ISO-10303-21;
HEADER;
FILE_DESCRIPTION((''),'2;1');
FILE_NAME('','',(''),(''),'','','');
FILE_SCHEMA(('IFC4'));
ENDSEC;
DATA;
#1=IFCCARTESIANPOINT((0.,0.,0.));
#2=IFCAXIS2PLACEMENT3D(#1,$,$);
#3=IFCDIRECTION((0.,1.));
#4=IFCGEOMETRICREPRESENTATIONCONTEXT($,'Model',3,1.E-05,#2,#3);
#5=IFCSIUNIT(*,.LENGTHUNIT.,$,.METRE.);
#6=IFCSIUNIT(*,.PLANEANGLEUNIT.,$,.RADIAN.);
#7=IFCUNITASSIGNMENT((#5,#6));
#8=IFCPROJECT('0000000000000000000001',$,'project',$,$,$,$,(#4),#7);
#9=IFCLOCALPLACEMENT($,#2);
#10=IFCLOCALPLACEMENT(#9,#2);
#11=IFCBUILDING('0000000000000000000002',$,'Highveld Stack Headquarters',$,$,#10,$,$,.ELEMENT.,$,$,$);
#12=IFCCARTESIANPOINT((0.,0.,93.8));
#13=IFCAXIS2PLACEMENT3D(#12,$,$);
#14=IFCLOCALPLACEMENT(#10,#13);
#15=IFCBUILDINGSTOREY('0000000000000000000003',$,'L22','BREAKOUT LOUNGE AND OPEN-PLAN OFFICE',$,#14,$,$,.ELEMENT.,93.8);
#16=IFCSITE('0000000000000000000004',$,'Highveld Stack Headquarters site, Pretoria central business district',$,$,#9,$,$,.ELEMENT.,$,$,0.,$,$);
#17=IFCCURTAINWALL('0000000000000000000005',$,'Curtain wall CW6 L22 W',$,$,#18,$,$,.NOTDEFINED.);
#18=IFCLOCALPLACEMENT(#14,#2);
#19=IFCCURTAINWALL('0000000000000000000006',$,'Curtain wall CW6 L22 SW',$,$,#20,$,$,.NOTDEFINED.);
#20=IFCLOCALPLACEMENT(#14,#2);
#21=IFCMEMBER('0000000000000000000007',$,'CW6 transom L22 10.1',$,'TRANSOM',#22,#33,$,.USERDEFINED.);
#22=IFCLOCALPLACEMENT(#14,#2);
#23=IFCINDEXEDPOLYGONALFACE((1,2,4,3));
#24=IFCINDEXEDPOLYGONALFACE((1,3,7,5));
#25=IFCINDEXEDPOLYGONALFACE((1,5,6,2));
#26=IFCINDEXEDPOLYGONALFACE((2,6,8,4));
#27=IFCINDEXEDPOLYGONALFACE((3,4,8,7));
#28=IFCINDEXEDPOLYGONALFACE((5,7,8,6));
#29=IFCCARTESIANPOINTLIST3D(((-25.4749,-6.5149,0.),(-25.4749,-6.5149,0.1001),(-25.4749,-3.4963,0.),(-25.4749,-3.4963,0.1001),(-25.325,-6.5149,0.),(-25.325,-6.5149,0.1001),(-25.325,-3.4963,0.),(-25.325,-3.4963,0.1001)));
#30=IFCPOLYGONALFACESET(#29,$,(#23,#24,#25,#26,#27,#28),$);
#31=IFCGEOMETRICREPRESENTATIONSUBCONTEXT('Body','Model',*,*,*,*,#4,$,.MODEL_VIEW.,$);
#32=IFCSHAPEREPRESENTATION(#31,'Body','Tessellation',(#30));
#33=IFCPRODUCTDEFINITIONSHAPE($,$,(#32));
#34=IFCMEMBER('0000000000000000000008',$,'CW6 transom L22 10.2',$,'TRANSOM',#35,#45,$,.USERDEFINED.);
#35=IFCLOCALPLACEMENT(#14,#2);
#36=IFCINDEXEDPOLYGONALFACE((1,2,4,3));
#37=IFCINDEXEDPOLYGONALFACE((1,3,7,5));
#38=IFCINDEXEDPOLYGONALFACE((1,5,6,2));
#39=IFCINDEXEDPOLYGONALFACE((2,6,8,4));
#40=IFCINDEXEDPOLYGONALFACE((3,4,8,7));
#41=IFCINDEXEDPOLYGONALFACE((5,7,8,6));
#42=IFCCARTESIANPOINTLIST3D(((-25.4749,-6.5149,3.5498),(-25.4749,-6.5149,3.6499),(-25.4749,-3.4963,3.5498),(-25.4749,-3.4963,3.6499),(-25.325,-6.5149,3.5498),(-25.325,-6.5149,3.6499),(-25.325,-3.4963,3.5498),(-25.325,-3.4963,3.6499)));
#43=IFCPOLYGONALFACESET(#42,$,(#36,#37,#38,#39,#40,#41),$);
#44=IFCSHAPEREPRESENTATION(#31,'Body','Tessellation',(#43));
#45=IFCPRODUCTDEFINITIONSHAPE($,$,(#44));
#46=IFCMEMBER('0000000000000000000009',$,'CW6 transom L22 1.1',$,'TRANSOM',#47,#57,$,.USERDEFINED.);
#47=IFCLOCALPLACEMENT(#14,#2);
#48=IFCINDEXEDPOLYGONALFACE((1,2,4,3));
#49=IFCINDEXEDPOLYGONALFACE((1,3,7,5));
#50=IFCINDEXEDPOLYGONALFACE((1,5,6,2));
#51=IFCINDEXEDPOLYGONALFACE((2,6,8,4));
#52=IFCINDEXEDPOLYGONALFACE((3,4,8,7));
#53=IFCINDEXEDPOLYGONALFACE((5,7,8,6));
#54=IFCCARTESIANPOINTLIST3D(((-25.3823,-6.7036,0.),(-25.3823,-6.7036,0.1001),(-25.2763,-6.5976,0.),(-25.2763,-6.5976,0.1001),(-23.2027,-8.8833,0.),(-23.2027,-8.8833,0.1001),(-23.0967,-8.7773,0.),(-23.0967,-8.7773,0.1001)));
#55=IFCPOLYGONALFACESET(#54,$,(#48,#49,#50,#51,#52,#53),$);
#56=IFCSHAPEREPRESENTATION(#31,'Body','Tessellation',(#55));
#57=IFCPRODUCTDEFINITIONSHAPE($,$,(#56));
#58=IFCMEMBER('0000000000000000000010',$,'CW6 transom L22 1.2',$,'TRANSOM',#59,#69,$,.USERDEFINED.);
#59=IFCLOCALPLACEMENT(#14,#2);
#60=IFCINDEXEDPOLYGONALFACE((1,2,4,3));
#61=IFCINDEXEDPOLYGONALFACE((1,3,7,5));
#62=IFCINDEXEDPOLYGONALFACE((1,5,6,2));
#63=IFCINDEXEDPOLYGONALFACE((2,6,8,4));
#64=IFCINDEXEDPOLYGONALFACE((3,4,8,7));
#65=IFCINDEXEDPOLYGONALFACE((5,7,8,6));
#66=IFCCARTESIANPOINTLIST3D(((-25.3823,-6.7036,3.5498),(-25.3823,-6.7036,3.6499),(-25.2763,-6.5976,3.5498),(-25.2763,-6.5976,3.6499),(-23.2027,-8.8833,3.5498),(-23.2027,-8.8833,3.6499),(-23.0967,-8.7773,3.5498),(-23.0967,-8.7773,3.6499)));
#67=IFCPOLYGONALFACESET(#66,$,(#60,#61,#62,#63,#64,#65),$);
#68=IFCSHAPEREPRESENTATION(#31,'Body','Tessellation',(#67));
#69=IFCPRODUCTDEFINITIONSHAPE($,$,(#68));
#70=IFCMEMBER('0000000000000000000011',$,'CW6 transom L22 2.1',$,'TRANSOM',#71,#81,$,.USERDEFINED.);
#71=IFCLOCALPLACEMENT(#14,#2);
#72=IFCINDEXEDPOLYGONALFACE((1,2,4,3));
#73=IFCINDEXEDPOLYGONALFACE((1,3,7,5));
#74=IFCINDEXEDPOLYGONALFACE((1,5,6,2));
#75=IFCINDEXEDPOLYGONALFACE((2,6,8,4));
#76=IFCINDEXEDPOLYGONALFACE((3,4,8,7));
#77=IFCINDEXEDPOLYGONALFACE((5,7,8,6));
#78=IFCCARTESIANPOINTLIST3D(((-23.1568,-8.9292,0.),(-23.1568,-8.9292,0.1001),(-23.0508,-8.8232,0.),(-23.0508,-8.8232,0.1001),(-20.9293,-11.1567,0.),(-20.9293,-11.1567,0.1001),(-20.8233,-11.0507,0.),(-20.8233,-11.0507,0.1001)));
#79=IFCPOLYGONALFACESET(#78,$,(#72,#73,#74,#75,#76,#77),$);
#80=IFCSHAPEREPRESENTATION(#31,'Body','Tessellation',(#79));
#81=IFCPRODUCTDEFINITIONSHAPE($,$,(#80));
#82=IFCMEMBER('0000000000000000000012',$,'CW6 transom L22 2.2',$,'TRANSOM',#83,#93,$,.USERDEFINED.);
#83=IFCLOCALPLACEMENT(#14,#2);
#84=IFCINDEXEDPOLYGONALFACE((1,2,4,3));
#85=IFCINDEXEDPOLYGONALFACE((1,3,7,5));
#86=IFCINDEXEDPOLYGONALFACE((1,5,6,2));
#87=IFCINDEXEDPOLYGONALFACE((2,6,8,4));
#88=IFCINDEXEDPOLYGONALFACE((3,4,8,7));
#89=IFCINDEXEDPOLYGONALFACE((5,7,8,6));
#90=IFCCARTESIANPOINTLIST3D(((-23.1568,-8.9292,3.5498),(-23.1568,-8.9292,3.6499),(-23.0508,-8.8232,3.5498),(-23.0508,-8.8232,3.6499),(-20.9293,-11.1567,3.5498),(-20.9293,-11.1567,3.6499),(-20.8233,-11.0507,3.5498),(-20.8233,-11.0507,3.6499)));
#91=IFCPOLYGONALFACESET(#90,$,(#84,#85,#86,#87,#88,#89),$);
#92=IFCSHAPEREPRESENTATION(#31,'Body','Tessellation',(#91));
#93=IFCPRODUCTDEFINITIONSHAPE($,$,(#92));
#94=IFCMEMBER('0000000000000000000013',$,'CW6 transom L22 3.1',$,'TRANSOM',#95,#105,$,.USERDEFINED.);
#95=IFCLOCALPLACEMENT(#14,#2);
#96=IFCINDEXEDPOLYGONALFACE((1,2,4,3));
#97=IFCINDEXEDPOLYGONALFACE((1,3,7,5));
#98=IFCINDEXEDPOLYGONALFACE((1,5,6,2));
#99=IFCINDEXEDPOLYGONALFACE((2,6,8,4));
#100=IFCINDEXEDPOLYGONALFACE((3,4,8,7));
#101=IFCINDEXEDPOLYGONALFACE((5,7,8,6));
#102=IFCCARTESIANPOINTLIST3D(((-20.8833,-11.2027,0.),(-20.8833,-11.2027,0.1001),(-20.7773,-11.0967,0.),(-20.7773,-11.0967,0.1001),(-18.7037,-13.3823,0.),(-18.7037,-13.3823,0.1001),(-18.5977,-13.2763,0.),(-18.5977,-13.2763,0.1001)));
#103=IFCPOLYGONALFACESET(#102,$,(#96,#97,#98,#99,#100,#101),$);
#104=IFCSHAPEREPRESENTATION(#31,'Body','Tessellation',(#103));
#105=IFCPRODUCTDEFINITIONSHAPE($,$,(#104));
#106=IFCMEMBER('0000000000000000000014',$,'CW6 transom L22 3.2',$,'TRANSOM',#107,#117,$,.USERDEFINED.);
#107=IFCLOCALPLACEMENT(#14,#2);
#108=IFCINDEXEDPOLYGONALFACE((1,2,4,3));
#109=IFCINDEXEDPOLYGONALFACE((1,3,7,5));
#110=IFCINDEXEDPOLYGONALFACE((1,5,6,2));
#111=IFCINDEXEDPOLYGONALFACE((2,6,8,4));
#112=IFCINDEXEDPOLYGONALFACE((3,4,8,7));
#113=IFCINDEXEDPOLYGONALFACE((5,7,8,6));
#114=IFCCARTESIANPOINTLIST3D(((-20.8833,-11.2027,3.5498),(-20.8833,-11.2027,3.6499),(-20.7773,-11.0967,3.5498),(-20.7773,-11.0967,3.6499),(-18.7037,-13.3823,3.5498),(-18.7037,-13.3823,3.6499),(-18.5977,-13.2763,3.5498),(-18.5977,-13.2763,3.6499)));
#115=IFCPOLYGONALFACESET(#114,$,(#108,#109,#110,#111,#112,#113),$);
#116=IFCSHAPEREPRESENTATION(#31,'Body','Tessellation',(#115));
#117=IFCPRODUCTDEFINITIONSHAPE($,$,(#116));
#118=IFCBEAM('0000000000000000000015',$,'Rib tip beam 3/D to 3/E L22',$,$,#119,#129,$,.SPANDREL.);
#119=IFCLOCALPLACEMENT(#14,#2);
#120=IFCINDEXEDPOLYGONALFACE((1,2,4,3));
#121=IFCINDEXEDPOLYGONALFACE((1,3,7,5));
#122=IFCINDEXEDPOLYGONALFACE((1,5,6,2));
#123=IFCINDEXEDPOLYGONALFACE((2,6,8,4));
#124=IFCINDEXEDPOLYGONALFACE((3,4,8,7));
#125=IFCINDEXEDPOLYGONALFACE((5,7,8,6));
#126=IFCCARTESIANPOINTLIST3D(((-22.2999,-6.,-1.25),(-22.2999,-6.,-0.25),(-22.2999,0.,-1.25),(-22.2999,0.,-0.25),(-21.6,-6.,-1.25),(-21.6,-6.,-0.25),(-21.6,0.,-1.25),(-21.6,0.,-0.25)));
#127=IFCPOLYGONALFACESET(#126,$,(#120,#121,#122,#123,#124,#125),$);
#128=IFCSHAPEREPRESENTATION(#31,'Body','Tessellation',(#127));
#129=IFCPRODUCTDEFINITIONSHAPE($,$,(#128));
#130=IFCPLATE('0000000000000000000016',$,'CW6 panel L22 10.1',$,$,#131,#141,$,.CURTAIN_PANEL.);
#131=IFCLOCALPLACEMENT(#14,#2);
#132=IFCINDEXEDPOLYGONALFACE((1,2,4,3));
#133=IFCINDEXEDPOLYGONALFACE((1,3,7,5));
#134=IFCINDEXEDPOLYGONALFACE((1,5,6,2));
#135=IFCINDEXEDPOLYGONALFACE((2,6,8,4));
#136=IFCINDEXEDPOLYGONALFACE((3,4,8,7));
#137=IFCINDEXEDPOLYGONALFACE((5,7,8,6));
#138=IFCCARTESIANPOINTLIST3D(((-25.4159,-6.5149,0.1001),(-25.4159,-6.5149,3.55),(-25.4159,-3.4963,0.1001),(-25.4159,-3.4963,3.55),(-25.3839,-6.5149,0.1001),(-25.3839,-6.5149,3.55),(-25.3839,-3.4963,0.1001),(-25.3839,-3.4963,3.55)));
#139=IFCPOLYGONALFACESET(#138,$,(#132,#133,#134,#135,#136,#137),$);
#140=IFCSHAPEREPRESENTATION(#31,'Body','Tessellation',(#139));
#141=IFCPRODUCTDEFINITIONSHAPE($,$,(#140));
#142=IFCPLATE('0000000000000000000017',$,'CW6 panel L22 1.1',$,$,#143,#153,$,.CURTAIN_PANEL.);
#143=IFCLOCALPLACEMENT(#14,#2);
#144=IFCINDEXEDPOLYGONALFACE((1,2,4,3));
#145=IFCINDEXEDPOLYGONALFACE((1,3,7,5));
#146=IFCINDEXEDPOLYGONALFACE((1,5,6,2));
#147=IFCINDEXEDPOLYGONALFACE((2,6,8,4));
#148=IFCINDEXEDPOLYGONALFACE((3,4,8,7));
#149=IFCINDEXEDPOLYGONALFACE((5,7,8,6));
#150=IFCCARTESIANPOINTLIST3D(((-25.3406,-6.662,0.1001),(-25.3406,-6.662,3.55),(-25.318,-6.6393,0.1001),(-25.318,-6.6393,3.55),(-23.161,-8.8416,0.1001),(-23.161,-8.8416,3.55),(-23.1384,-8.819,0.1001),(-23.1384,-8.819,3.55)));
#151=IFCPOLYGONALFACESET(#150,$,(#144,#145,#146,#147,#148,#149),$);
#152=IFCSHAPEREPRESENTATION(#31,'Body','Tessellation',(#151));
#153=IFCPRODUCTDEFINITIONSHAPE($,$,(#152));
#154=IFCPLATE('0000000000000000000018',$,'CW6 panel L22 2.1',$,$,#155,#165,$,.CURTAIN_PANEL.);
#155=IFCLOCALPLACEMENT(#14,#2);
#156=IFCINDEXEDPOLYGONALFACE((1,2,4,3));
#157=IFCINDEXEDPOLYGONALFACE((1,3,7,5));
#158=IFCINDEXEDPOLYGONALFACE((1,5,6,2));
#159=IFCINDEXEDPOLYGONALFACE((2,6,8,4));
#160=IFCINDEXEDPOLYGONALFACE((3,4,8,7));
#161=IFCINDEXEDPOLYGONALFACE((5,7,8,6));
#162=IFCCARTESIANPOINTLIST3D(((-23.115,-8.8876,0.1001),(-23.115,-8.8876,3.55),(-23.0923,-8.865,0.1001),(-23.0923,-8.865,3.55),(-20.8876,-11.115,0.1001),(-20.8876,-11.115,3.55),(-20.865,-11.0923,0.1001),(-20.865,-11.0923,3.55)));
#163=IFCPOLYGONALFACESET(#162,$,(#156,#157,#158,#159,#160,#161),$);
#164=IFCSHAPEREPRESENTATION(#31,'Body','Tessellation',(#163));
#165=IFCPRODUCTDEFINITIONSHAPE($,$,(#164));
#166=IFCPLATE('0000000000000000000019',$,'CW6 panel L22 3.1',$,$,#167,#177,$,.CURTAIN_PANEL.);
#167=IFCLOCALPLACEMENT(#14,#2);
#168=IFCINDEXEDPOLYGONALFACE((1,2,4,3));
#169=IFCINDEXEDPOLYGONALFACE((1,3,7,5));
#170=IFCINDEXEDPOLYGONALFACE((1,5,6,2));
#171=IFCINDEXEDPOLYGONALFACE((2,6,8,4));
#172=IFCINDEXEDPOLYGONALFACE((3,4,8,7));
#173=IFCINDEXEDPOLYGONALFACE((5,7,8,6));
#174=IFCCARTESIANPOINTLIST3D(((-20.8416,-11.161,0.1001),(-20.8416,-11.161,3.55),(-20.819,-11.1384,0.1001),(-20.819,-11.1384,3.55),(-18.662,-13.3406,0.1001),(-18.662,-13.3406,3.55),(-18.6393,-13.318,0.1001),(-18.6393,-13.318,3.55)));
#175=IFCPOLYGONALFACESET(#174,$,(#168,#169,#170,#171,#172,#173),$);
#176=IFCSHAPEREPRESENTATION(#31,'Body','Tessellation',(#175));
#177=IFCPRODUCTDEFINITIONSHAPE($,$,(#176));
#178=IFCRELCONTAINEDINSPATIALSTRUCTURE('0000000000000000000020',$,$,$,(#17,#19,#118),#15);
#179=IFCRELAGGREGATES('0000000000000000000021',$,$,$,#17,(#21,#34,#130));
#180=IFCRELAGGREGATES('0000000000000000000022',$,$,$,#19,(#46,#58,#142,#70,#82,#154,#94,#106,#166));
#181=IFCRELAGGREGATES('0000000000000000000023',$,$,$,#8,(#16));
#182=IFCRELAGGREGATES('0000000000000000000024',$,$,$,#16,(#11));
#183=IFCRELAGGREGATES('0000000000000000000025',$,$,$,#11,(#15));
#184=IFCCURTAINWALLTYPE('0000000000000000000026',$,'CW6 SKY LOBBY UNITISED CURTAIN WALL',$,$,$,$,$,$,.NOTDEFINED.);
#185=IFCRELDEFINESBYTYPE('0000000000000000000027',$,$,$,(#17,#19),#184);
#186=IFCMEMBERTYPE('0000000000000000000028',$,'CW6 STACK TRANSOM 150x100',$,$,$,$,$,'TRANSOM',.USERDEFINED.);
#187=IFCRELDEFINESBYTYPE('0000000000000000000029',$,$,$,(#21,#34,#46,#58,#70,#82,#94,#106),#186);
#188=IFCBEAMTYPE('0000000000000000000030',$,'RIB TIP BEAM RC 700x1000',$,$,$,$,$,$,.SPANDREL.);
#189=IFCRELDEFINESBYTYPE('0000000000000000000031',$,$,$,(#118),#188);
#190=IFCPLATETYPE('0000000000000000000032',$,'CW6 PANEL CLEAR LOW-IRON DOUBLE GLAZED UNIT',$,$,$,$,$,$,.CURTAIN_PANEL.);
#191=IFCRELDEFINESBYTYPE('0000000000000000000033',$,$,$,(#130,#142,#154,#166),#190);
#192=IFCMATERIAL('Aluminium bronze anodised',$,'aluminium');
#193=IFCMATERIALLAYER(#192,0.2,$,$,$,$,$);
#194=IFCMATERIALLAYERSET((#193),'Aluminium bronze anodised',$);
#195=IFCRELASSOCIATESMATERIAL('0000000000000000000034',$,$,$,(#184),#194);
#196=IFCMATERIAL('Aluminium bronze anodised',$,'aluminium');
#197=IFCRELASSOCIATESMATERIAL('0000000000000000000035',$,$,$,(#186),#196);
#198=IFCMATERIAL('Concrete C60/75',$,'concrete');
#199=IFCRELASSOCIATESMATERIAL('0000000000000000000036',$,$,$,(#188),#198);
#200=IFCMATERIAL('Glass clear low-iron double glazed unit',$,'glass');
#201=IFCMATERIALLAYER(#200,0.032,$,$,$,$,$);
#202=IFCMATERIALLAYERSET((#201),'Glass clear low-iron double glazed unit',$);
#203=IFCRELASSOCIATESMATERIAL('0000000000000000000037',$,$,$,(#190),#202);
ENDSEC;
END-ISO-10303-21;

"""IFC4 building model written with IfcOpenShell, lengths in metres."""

from ifc_helpers import new_model, si_unit, direction, frame, origin, origin_2d, place, context, subcontext, project, spatial, rectangle, extrude, material, layer, layer_set, material_profile, profile_set, type_object, element, aggregate, save


model = new_model("IFC4")

# Units and contexts
model_context = context("Model", 3, precision=1e-05, world=origin(), true_north=direction((0.0, 1.0)))
body_context = subcontext(model_context, "Body", "Model", "MODEL_VIEW")
ifc_project = project(units=[si_unit("LENGTHUNIT", "METRE"), si_unit("PLANEANGLEUNIT", "RADIAN")], contexts=[model_context])

# Site, building, storey
site_placement = place(None, origin())
site = spatial("IfcSite", under=ifc_project, at=site_placement, Name="Highveld Stack Headquarters site, Pretoria central business district", CompositionType="ELEMENT", RefElevation=0.0)
building_placement = place(site_placement, origin())
building = spatial("IfcBuilding", under=site, at=building_placement, Name="Highveld Stack Headquarters", CompositionType="ELEMENT")
storey_placement = place(building_placement, frame((0.0, 0.0, 93.8)))
storey = spatial("IfcBuildingStorey", under=building, at=storey_placement, Name="L22", Description="BREAKOUT LOUNGE AND OPEN-PLAN OFFICE", CompositionType="ELEMENT", Elevation=93.8)

# Curtain wall
ifc_material_1 = material(Name="Aluminium bronze anodised", Category="aluminium")
ifc_layer_1 = layer(ifc_material_1, 0.2)
ifc_layer_set_1 = layer_set([ifc_layer_1], Name="Aluminium bronze anodised")
curtain_wall_type = type_object("IfcCurtainWallType", Name="CW6 SKY LOBBY UNITISED CURTAIN WALL", PredefinedType="NOTDEFINED", material=ifc_layer_set_1)
curtain_wall_1_placement = place(storey_placement, origin())
curtain_wall_1 = element("IfcCurtainWall", 1, at=curtain_wall_1_placement, inside=storey, type_object=curtain_wall_type, Name="Curtain wall CW6 L22 W", PredefinedType="NOTDEFINED")

# Curtain wall
curtain_wall_2_placement = place(storey_placement, origin())
curtain_wall_2 = element("IfcCurtainWall", 2, at=curtain_wall_2_placement, inside=storey, type_object=curtain_wall_type, Name="Curtain wall CW6 L22 SW", PredefinedType="NOTDEFINED")

# Members
ifc_material_2 = material(Name="Aluminium bronze anodised", Category="aluminium")
ifc_material_profile_1 = material_profile(ifc_material_2, rectangle(XDim=0.1499, YDim=0.1001, at=origin_2d()), Name="CW6 TRANSOM 150x100")
ifc_profile_set_1 = profile_set([ifc_material_profile_1], Name="Aluminium bronze anodised")
member_type_1 = type_object("IfcMemberType", Name="CW6 STACK TRANSOM 150x100", ElementType="TRANSOM", PredefinedType="USERDEFINED", material=ifc_profile_set_1)
member_1_placement = place(storey_placement, frame((-25.3999, -3.4963, 0.05), z_axis=(0.0, -1.0, 0.0), x_axis=(1.0, 0.0, 0.0)))
member_1 = element("IfcMember", 3, at=member_1_placement, type_object=member_type_1, Name="CW6 transom L22 10.1", ObjectType="TRANSOM", PredefinedType="USERDEFINED", context=body_context, shape_type="SweptSolid", body=[
    extrude(rectangle(XDim=0.1499, YDim=0.1001, at=origin_2d()), origin(), (0.0, 0.0, 1.0), 3.0186),
])
member_2_placement = place(storey_placement, frame((-25.3999, -3.4963, 3.5999), z_axis=(0.0, -1.0, 0.0), x_axis=(1.0, 0.0, 0.0)))
member_2 = element("IfcMember", 4, at=member_2_placement, type_object=member_type_1, Name="CW6 transom L22 10.2", ObjectType="TRANSOM", PredefinedType="USERDEFINED", context=body_context, shape_type="SweptSolid", body=[
    extrude(rectangle(XDim=0.1499, YDim=0.1001, at=origin_2d()), origin(), (0.0, 0.0, 1.0), 3.0186),
])
member_3_placement = place(storey_placement, frame((-25.3293, -6.6506, 0.05), z_axis=(0.707107, -0.707107, 0.0), x_axis=(0.707107, 0.707107, 0.0)))
member_3 = element("IfcMember", 5, at=member_3_placement, type_object=member_type_1, Name="CW6 transom L22 1.1", ObjectType="TRANSOM", PredefinedType="USERDEFINED", context=body_context, shape_type="SweptSolid", body=[
    extrude(rectangle(XDim=0.1499, YDim=0.1001, at=origin_2d()), origin(), (0.0, 0.0, 1.0), 3.0825),
])
member_4_placement = place(storey_placement, frame((-25.3293, -6.6506, 3.5999), z_axis=(0.707107, -0.707107, 0.0), x_axis=(0.707107, 0.707107, 0.0)))
member_4 = element("IfcMember", 6, at=member_4_placement, type_object=member_type_1, Name="CW6 transom L22 1.2", ObjectType="TRANSOM", PredefinedType="USERDEFINED", context=body_context, shape_type="SweptSolid", body=[
    extrude(rectangle(XDim=0.1499, YDim=0.1001, at=origin_2d()), origin(), (0.0, 0.0, 1.0), 3.0825),
])
member_5_placement = place(storey_placement, frame((-23.1038, -8.8762, 0.05), z_axis=(0.707107, -0.707107, 0.0), x_axis=(0.707107, 0.707107, 0.0)))
member_5 = element("IfcMember", 7, at=member_5_placement, type_object=member_type_1, Name="CW6 transom L22 2.1", ObjectType="TRANSOM", PredefinedType="USERDEFINED", context=body_context, shape_type="SweptSolid", body=[
    extrude(rectangle(XDim=0.1499, YDim=0.1001, at=origin_2d()), origin(), (0.0, 0.0, 1.0), 3.1501),
])
member_6_placement = place(storey_placement, frame((-23.1038, -8.8762, 3.5999), z_axis=(0.707107, -0.707107, 0.0), x_axis=(0.707107, 0.707107, 0.0)))
member_6 = element("IfcMember", 8, at=member_6_placement, type_object=member_type_1, Name="CW6 transom L22 2.2", ObjectType="TRANSOM", PredefinedType="USERDEFINED", context=body_context, shape_type="SweptSolid", body=[
    extrude(rectangle(XDim=0.1499, YDim=0.1001, at=origin_2d()), origin(), (0.0, 0.0, 1.0), 3.1501),
])
member_7_placement = place(storey_placement, frame((-20.8303, -11.1497, 0.05), z_axis=(0.707107, -0.707107, 0.0), x_axis=(0.707107, 0.707107, 0.0)))
member_7 = element("IfcMember", 9, at=member_7_placement, type_object=member_type_1, Name="CW6 transom L22 3.1", ObjectType="TRANSOM", PredefinedType="USERDEFINED", context=body_context, shape_type="SweptSolid", body=[
    extrude(rectangle(XDim=0.1499, YDim=0.1001, at=origin_2d()), origin(), (0.0, 0.0, 1.0), 3.0825),
])
member_8_placement = place(storey_placement, frame((-20.8303, -11.1497, 3.5999), z_axis=(0.707107, -0.707107, 0.0), x_axis=(0.707107, 0.707107, 0.0)))
member_8 = element("IfcMember", 10, at=member_8_placement, type_object=member_type_1, Name="CW6 transom L22 3.2", ObjectType="TRANSOM", PredefinedType="USERDEFINED", context=body_context, shape_type="SweptSolid", body=[
    extrude(rectangle(XDim=0.1499, YDim=0.1001, at=origin_2d()), origin(), (0.0, 0.0, 1.0), 3.0825),
])

# Beam
ifc_material_3 = material(Name="Concrete C60/75", Category="concrete")
ifc_material_profile_2 = material_profile(ifc_material_3, rectangle(XDim=0.7, YDim=1.0, at=origin_2d()), Name="RC 700x1000")
ifc_profile_set_2 = profile_set([ifc_material_profile_2], Name="Concrete C60/75")
beam_type_1 = type_object("IfcBeamType", Name="RIB TIP BEAM RC 700x1000", PredefinedType="SPANDREL", material=ifc_profile_set_2)
beam_1_placement = place(storey_placement, frame((-21.95, -6.0, -0.75), z_axis=(0.0, 1.0, 0.0), x_axis=(-1.0, 0.0, 0.0)))
element("IfcBeam", 11, at=beam_1_placement, inside=storey, type_object=beam_type_1, Name="Rib tip beam 3/D to 3/E L22", PredefinedType="SPANDREL", context=body_context, shape_type="SweptSolid", body=[
    extrude(rectangle(XDim=0.7, YDim=1.0, at=origin_2d()), origin(), (0.0, 0.0, 1.0), 6.0),
])

# Plates
ifc_material_4 = material(Name="Glass clear low-iron double glazed unit", Category="glass")
ifc_layer_2 = layer(ifc_material_4, 0.032)
ifc_layer_set_2 = layer_set([ifc_layer_2], Name="Glass clear low-iron double glazed unit")
plate_type = type_object("IfcPlateType", Name="CW6 PANEL CLEAR LOW-IRON DOUBLE GLAZED UNIT", PredefinedType="CURTAIN_PANEL", material=ifc_layer_set_2)
plate_1_placement = place(storey_placement, frame((-25.3999, -5.0056, 0.1001), z_axis=(0.0, 0.0, 1.0), x_axis=(0.0, -1.0, 0.0)))
plate_1 = element("IfcPlate", 12, at=plate_1_placement, type_object=plate_type, Name="CW6 panel L22 10.1", PredefinedType="CURTAIN_PANEL", context=body_context, shape_type="SweptSolid", body=[
    extrude(rectangle(XDim=3.0186, YDim=0.032, at=origin_2d()), origin(), (0.0, 0.0, 1.0), 3.45),
])
aggregate(curtain_wall_1, [member_1, member_2, plate_1])
plate_2_placement = place(storey_placement, frame((-24.2395, -7.7405, 0.1001), z_axis=(0.0, 0.0, 1.0), x_axis=(0.707107, -0.707107, 0.0)))
plate_2 = element("IfcPlate", 13, at=plate_2_placement, type_object=plate_type, Name="CW6 panel L22 1.1", PredefinedType="CURTAIN_PANEL", context=body_context, shape_type="SweptSolid", body=[
    extrude(rectangle(XDim=3.0825, YDim=0.032, at=origin_2d()), origin(), (0.0, 0.0, 1.0), 3.45),
])
plate_3_placement = place(storey_placement, frame((-21.99, -9.99, 0.1001), z_axis=(0.0, 0.0, 1.0), x_axis=(0.707107, -0.707107, 0.0)))
plate_3 = element("IfcPlate", 14, at=plate_3_placement, type_object=plate_type, Name="CW6 panel L22 2.1", PredefinedType="CURTAIN_PANEL", context=body_context, shape_type="SweptSolid", body=[
    extrude(rectangle(XDim=3.1499, YDim=0.032, at=origin_2d()), origin(), (0.0, 0.0, 1.0), 3.45),
])
plate_4_placement = place(storey_placement, frame((-19.7405, -12.2395, 0.1001), z_axis=(0.0, 0.0, 1.0), x_axis=(0.707107, -0.707107, 0.0)))
plate_4 = element("IfcPlate", 15, at=plate_4_placement, type_object=plate_type, Name="CW6 panel L22 3.1", PredefinedType="CURTAIN_PANEL", context=body_context, shape_type="SweptSolid", body=[
    extrude(rectangle(XDim=3.0825, YDim=0.032, at=origin_2d()), origin(), (0.0, 0.0, 1.0), 3.45),
])
aggregate(curtain_wall_2, [member_3, member_4, plate_2, member_5, member_6, plate_3, member_7, member_8, plate_4])

save(model, "model.ifc")
